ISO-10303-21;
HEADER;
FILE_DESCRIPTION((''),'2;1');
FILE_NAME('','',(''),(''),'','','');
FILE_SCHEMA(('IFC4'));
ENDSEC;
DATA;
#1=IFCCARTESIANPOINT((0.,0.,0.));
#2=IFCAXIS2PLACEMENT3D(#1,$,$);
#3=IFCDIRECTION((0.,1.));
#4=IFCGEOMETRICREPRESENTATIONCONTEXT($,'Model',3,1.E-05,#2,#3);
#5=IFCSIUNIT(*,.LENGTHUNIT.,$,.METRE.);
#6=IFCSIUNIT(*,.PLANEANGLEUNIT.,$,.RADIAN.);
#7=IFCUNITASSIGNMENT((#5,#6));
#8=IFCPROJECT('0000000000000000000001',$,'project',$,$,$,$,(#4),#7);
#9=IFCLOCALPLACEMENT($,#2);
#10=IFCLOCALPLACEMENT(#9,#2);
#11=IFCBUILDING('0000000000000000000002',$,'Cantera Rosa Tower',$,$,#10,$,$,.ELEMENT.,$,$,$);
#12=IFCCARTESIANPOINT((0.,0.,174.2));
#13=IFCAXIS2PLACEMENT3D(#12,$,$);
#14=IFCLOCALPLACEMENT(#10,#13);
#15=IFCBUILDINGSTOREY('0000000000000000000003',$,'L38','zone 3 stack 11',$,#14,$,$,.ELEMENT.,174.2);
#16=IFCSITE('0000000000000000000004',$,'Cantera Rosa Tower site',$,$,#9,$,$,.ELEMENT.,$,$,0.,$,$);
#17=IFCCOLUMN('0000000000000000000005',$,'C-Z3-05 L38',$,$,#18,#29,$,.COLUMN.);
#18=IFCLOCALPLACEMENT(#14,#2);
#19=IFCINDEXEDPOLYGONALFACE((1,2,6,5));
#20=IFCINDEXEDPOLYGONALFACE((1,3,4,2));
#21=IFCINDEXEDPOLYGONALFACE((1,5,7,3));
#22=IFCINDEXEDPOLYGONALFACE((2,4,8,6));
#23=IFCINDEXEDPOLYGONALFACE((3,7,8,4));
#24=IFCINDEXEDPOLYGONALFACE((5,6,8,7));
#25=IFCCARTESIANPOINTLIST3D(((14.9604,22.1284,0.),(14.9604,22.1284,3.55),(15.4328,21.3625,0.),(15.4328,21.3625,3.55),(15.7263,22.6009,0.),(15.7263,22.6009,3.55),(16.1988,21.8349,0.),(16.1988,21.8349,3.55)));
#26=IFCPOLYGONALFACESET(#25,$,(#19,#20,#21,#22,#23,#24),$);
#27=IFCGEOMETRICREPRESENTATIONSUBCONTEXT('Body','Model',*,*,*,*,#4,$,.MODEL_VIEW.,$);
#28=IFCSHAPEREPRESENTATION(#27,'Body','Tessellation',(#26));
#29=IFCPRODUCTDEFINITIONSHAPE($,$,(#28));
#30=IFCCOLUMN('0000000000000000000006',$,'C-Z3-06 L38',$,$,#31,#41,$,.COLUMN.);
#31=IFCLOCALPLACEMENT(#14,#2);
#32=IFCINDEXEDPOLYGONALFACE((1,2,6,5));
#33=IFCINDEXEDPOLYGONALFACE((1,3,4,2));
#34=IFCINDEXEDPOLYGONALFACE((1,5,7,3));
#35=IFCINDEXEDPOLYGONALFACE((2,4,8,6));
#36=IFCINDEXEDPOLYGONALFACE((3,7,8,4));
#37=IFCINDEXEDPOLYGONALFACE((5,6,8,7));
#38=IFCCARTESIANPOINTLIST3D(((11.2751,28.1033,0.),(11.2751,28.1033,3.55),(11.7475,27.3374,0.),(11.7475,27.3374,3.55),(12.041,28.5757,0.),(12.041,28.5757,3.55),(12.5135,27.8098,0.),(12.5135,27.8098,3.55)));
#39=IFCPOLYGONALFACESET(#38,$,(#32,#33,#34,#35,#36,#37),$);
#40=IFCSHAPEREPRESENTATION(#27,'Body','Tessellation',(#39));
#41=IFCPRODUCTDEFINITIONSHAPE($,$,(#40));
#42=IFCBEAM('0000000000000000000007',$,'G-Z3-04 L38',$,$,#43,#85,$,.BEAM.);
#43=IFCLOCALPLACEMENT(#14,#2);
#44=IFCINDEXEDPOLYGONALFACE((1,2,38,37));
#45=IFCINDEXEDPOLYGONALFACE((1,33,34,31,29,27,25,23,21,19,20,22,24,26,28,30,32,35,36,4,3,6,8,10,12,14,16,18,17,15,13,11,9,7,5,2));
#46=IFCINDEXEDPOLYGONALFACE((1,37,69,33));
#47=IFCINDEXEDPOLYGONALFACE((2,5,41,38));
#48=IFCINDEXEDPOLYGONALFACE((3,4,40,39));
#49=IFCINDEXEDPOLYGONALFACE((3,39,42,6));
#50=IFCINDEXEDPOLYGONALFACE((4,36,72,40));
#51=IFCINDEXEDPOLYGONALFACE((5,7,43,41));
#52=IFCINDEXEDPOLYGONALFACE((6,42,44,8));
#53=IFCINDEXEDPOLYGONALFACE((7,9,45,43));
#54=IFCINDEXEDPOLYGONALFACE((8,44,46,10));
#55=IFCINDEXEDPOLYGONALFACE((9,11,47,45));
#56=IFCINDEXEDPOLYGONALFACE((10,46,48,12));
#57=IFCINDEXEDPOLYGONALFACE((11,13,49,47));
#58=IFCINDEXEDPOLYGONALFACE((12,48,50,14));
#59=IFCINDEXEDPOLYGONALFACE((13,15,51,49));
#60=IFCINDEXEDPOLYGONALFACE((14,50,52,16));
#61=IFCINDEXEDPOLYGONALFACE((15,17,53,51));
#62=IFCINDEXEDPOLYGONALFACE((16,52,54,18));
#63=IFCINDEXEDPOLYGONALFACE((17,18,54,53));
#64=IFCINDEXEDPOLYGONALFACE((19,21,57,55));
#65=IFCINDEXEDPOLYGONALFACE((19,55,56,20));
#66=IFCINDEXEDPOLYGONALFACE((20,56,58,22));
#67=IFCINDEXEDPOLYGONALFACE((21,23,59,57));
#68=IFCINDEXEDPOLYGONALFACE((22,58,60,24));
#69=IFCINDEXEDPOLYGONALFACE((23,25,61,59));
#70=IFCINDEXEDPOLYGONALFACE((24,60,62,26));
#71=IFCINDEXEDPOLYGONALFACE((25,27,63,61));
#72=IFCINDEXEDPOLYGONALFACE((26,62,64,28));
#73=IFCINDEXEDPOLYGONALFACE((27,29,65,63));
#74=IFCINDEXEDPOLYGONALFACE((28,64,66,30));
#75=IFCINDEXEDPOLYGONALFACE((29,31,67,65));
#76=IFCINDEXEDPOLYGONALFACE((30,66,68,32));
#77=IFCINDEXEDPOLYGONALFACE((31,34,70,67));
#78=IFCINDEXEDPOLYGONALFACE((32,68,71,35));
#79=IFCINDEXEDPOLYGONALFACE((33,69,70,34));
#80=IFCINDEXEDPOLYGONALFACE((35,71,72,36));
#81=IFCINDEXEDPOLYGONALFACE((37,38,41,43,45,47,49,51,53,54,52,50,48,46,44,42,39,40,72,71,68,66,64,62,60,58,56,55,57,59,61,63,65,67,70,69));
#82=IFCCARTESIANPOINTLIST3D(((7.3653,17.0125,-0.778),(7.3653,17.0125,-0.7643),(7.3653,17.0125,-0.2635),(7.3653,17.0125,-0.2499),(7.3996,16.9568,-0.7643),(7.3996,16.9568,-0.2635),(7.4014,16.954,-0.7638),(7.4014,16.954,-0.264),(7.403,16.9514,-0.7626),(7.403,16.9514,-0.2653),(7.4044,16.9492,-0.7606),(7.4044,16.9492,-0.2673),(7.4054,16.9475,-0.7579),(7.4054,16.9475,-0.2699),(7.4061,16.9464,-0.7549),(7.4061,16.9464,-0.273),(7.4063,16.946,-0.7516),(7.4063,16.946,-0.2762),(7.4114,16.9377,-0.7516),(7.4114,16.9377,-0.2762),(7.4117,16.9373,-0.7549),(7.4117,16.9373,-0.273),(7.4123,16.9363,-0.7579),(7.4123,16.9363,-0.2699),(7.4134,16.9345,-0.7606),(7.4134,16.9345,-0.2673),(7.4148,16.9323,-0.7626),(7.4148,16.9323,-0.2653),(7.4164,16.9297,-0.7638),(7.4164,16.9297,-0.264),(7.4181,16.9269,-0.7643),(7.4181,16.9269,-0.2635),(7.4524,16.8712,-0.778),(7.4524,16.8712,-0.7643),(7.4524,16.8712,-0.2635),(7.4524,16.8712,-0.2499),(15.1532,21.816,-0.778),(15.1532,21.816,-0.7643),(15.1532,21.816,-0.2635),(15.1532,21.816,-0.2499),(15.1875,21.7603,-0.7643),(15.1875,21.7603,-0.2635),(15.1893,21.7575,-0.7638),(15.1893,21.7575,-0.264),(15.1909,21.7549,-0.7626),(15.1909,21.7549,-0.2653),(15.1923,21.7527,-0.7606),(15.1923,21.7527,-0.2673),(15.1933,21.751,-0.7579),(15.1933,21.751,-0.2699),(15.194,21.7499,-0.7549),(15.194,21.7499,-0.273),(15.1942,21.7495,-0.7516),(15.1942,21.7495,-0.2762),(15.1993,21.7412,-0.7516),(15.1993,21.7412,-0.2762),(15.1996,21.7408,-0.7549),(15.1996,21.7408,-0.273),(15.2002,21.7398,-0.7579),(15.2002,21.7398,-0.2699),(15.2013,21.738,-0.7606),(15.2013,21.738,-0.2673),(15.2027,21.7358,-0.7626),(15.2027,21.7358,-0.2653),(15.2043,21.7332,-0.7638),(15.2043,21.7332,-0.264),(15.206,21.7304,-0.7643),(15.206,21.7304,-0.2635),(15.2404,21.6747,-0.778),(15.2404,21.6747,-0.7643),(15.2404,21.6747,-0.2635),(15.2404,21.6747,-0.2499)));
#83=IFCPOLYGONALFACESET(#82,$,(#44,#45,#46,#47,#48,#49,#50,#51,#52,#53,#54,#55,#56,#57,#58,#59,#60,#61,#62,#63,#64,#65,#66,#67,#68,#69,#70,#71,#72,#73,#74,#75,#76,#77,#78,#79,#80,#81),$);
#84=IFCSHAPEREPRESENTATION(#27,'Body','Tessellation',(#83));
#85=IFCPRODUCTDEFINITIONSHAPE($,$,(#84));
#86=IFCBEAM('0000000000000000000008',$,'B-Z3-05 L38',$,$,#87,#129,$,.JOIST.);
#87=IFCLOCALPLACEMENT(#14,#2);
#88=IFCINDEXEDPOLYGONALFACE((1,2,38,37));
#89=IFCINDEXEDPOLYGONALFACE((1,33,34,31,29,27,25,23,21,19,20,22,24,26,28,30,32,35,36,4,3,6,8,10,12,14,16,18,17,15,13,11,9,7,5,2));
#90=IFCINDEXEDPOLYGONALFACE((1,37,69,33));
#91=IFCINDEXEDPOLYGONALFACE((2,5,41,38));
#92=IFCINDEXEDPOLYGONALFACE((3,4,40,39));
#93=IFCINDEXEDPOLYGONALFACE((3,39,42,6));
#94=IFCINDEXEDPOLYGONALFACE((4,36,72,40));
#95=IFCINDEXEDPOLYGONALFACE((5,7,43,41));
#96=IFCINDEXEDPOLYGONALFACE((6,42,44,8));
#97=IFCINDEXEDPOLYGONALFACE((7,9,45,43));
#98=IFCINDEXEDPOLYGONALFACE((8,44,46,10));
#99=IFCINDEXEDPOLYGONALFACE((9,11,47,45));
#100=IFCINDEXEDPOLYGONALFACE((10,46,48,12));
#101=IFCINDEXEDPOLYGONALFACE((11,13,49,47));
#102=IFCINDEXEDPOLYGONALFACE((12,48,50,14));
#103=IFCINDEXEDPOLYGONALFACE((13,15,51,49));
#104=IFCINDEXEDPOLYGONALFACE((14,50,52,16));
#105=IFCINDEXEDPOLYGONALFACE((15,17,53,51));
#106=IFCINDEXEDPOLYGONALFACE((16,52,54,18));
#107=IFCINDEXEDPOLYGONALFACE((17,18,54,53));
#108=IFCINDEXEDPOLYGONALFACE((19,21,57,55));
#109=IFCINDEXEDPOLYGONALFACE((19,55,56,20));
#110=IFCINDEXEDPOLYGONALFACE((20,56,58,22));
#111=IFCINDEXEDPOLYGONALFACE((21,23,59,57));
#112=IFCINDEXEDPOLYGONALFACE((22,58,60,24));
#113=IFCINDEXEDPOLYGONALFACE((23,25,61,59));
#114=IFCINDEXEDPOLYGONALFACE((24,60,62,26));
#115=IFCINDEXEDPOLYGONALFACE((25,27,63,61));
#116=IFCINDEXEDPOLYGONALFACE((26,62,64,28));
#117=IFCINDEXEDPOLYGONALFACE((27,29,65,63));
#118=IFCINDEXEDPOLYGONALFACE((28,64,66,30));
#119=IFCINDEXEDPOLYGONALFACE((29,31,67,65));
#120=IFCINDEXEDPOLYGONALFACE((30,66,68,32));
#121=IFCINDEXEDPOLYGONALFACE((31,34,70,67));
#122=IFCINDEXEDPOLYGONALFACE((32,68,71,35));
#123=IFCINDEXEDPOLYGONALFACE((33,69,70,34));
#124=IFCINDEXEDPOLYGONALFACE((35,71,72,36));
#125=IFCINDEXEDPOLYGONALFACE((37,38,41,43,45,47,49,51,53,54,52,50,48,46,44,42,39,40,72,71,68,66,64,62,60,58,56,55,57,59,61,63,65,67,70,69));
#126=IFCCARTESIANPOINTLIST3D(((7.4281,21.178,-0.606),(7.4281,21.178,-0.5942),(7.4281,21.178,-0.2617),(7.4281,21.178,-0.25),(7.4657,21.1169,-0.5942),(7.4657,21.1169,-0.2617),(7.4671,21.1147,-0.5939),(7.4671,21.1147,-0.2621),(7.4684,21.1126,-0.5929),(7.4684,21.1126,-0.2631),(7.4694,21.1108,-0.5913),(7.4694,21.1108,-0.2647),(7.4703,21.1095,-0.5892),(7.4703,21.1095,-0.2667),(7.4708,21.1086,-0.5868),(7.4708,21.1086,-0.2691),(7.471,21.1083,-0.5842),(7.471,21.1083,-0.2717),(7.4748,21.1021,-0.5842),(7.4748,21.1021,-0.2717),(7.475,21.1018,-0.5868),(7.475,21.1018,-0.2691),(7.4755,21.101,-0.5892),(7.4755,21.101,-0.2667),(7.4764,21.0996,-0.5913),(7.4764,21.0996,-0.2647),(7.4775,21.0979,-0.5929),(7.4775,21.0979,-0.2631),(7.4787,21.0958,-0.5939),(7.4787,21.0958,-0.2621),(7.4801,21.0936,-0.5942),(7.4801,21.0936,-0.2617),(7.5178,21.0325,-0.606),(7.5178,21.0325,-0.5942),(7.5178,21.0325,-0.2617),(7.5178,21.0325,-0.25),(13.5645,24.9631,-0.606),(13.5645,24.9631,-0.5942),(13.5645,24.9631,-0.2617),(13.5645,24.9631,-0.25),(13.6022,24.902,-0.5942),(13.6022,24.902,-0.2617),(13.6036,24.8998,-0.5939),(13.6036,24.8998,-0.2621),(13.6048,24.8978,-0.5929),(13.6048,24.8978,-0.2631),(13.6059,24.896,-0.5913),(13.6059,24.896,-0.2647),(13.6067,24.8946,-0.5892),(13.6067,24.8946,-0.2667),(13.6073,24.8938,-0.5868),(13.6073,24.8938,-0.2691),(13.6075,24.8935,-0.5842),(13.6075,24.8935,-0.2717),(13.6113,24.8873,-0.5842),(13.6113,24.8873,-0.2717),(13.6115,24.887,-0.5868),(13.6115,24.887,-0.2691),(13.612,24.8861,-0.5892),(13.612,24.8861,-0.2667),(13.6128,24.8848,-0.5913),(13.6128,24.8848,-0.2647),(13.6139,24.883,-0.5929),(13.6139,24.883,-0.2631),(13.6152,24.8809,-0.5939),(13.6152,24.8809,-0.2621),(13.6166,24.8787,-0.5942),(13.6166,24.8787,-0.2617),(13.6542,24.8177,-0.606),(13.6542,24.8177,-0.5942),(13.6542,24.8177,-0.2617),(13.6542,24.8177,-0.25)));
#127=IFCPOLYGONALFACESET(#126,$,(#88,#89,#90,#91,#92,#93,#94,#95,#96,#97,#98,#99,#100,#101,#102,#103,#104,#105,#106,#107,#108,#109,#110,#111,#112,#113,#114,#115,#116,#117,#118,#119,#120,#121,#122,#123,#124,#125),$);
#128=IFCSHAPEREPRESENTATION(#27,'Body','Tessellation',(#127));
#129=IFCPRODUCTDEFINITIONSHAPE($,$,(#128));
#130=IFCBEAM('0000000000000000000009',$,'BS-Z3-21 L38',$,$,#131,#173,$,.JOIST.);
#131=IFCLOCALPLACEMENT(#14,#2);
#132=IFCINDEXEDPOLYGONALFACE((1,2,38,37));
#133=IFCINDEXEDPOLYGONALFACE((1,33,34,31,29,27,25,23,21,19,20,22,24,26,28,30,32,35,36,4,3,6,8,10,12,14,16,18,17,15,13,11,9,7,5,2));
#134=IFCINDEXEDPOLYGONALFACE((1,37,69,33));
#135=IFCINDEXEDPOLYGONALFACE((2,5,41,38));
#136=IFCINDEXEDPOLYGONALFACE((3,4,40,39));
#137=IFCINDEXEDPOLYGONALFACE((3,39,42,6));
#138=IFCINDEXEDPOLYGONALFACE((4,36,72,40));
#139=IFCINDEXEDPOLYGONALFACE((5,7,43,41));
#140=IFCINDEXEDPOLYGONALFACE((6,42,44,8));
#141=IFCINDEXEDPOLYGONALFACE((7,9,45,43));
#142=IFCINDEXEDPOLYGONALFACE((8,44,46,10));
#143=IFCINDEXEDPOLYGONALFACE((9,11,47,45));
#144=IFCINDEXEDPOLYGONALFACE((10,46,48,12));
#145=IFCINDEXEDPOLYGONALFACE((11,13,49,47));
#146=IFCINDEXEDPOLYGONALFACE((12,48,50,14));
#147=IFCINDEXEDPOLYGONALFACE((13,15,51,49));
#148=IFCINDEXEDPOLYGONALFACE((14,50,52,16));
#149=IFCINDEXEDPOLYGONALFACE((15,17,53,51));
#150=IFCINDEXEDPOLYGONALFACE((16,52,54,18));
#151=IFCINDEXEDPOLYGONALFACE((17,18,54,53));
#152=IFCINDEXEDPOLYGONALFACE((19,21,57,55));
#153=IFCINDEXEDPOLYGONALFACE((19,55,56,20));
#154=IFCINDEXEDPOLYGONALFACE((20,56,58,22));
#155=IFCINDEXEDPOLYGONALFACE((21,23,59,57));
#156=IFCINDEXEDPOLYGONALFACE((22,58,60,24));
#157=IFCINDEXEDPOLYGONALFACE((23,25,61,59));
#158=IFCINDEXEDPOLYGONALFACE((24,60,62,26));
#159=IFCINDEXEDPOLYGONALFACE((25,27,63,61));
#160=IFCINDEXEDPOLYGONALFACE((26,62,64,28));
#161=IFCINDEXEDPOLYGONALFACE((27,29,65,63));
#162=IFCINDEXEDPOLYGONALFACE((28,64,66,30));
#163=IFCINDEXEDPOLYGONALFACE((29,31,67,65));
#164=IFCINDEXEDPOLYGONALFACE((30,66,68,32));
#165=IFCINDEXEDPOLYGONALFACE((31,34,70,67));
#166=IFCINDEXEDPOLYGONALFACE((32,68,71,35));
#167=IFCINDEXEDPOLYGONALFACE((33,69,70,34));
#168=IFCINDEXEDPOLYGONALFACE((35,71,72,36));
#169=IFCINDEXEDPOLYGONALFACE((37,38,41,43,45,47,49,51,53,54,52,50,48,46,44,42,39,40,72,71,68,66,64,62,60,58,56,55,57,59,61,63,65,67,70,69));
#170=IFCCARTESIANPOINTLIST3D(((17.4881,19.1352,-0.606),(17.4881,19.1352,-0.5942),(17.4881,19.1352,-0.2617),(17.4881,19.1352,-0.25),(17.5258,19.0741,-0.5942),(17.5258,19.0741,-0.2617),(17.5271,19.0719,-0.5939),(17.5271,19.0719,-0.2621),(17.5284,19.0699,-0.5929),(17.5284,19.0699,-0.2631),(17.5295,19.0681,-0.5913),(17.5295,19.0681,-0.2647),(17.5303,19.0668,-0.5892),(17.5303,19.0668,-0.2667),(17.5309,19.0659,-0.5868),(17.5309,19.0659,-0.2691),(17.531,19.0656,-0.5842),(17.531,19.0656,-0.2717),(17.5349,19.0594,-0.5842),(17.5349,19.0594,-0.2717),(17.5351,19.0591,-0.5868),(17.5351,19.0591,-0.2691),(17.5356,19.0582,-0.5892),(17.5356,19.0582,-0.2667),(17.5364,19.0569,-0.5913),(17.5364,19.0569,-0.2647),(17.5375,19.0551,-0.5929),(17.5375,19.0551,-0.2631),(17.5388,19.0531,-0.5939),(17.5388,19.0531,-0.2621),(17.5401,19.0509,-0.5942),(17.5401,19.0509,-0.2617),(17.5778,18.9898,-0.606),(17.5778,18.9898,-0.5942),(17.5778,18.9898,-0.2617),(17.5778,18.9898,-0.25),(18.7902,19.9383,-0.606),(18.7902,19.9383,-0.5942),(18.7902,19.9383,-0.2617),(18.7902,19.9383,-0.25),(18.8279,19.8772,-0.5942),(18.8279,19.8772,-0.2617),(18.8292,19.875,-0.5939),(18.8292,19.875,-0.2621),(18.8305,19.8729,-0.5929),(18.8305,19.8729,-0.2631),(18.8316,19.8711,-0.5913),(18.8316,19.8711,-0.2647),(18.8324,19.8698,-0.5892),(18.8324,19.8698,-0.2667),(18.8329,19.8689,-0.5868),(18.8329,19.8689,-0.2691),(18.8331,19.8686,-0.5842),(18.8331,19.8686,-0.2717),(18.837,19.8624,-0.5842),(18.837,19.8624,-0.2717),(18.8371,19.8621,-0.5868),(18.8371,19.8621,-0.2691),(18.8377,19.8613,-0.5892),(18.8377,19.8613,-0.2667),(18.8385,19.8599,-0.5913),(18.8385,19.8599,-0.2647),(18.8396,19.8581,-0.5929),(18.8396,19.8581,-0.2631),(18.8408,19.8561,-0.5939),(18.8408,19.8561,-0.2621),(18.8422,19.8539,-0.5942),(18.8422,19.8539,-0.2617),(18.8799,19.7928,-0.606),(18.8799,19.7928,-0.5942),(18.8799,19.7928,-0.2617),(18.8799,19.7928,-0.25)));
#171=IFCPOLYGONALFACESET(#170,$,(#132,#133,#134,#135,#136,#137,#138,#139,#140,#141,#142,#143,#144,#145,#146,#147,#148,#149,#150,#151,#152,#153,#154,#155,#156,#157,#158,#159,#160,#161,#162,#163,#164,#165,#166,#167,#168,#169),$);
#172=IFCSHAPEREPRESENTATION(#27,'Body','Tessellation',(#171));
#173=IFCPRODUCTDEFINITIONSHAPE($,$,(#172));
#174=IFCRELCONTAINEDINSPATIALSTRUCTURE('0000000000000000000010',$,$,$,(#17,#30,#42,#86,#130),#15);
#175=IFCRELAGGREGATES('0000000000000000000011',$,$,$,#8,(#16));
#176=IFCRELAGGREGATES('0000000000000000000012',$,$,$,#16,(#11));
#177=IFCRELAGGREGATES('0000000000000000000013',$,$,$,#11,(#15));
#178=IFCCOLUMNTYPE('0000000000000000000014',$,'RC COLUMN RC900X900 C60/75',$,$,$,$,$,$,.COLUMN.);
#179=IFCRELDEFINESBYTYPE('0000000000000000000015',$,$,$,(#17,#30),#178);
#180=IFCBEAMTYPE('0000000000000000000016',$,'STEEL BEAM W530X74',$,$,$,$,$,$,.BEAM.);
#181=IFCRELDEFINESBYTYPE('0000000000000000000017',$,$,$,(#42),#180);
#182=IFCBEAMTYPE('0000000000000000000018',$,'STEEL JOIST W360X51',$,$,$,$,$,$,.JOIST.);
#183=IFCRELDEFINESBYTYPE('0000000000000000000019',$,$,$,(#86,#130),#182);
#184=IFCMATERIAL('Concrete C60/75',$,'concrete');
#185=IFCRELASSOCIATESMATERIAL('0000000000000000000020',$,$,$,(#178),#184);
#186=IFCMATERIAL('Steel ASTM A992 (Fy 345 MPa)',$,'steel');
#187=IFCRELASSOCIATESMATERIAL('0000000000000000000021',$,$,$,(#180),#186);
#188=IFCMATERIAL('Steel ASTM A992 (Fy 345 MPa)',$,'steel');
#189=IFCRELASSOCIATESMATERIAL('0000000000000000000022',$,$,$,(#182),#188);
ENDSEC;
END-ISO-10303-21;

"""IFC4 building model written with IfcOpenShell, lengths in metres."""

from ifc_helpers import new_model, si_unit, direction, frame, origin, origin_2d, place, context, subcontext, project, spatial, rectangle, i_section, extrude, material, material_profile, profile_set, type_object, element, save


model = new_model("IFC4")

# Units and contexts
model_context = context("Model", 3, precision=1e-05, world=origin(), true_north=direction((0.0, 1.0)))
body_context = subcontext(model_context, "Body", "Model", "MODEL_VIEW")
ifc_project = project(units=[si_unit("LENGTHUNIT", "METRE"), si_unit("PLANEANGLEUNIT", "RADIAN")], contexts=[model_context])

# Site, building, storey
site_placement = place(None, origin())
site = spatial("IfcSite", under=ifc_project, at=site_placement, Name="Cantera Rosa Tower site", CompositionType="ELEMENT", RefElevation=0.0)
building_placement = place(site_placement, origin())
building = spatial("IfcBuilding", under=site, at=building_placement, Name="Cantera Rosa Tower", CompositionType="ELEMENT")
storey_placement = place(building_placement, frame((0.0, 0.0, 174.2)))
storey = spatial("IfcBuildingStorey", under=building, at=storey_placement, Name="L38", Description="zone 3 stack 11", CompositionType="ELEMENT", Elevation=174.2)

# Columns
ifc_material_1 = material(Name="Concrete C60/75", Category="concrete")
ifc_material_profile_1 = material_profile(ifc_material_1, rectangle(XDim=0.8999, YDim=0.8999, at=origin_2d()), Name="RC COLUMN RC900X900 C60/75")
ifc_profile_set_1 = profile_set([ifc_material_profile_1], Name="Concrete C60/75")
column_type = type_object("IfcColumnType", Name="RC COLUMN RC900X900 C60/75", PredefinedType="COLUMN", material=ifc_profile_set_1)
for number, where, z_axis, x_axis, name in (
    (1, (15.5796, 21.9817, 0.0), (0.0, 0.0, 1.0), (0.851117, 0.524977, 0.0), "C-Z3-05 L38"),
    (2, (11.8943, 27.9565, 0.0), (0.0, 0.0, 1.0), (0.851117, 0.524977, 0.0), "C-Z3-06 L38"),
):
    element("IfcColumn", number, at=place(storey_placement, frame(where, z_axis=z_axis, x_axis=x_axis)), inside=storey, type_object=column_type, Name=name, PredefinedType="COLUMN", context=body_context, shape_type="SweptSolid", body=[
        extrude(rectangle(XDim=0.8999, YDim=0.8999, at=origin_2d()), origin(), (0.0, 0.0, 1.0), 3.55),
    ])

# Beams
ifc_material_2 = material(Name="Steel ASTM A992 (Fy 345 MPa)", Category="steel")
ifc_material_profile_2 = material_profile(ifc_material_2, i_section(OverallWidth=0.166, OverallDepth=0.5281, WebThickness=0.0098, FlangeThickness=0.0137, FilletRadius=0.0127, at=origin_2d()), Name="W530X74")
ifc_profile_set_2 = profile_set([ifc_material_profile_2], Name="Steel ASTM A992 (Fy 345 MPa)")
beam_type_1 = type_object("IfcBeamType", Name="STEEL BEAM W530X74", PredefinedType="BEAM", material=ifc_profile_set_2)
beam_1_placement = place(storey_placement, frame((15.1968, 21.7454, -0.5139), z_axis=(-0.851124, -0.524965, 0.0), x_axis=(0.524965, -0.851124, 0.0)))
element("IfcBeam", 3, at=beam_1_placement, inside=storey, type_object=beam_type_1, Name="G-Z3-04 L38", PredefinedType="BEAM", context=body_context, shape_type="SweptSolid", body=[
    extrude(i_section(OverallWidth=0.166, OverallDepth=0.5281, WebThickness=0.0098, FlangeThickness=0.0137, FilletRadius=0.0127, at=origin_2d()), origin(), (0.0, 0.0, 1.0), 9.1501),
])
ifc_material_3 = material(Name="Steel ASTM A992 (Fy 345 MPa)", Category="steel")
ifc_material_profile_3 = material_profile(ifc_material_3, i_section(OverallWidth=0.1709, OverallDepth=0.356, WebThickness=0.0073, FlangeThickness=0.0117, FilletRadius=0.01, at=origin_2d()), Name="W360X51")
ifc_profile_set_3 = profile_set([ifc_material_profile_3], Name="Steel ASTM A992 (Fy 345 MPa)")
beam_type_2 = type_object("IfcBeamType", Name="STEEL JOIST W360X51", PredefinedType="JOIST", material=ifc_profile_set_3)
beam_2_placement = place(storey_placement, frame((13.6094, 24.8904, -0.428), z_axis=(-0.851109, -0.524989, 0.0), x_axis=(0.524989, -0.851109, 0.0)))
element("IfcBeam", 4, at=beam_2_placement, inside=storey, type_object=beam_type_2, Name="B-Z3-05 L38", PredefinedType="JOIST", context=body_context, shape_type="SweptSolid", body=[
    extrude(i_section(OverallWidth=0.1709, OverallDepth=0.356, WebThickness=0.0073, FlangeThickness=0.0117, FilletRadius=0.01, at=origin_2d()), origin(), (0.0, 0.0, 1.0), 7.21),
])
beam_3_placement = place(storey_placement, frame((17.533, 19.0625, -0.428), z_axis=(0.851148, 0.524925, 0.0), x_axis=(-0.524925, 0.851148, 0.0)))
element("IfcBeam", 5, at=beam_3_placement, inside=storey, type_object=beam_type_2, Name="BS-Z3-21 L38", PredefinedType="JOIST", context=body_context, shape_type="SweptSolid", body=[
    extrude(i_section(OverallWidth=0.1709, OverallDepth=0.356, WebThickness=0.0073, FlangeThickness=0.0117, FilletRadius=0.01, at=origin_2d()), origin(), (0.0, 0.0, 1.0), 1.5298),
])

save(model, "model.ifc")
